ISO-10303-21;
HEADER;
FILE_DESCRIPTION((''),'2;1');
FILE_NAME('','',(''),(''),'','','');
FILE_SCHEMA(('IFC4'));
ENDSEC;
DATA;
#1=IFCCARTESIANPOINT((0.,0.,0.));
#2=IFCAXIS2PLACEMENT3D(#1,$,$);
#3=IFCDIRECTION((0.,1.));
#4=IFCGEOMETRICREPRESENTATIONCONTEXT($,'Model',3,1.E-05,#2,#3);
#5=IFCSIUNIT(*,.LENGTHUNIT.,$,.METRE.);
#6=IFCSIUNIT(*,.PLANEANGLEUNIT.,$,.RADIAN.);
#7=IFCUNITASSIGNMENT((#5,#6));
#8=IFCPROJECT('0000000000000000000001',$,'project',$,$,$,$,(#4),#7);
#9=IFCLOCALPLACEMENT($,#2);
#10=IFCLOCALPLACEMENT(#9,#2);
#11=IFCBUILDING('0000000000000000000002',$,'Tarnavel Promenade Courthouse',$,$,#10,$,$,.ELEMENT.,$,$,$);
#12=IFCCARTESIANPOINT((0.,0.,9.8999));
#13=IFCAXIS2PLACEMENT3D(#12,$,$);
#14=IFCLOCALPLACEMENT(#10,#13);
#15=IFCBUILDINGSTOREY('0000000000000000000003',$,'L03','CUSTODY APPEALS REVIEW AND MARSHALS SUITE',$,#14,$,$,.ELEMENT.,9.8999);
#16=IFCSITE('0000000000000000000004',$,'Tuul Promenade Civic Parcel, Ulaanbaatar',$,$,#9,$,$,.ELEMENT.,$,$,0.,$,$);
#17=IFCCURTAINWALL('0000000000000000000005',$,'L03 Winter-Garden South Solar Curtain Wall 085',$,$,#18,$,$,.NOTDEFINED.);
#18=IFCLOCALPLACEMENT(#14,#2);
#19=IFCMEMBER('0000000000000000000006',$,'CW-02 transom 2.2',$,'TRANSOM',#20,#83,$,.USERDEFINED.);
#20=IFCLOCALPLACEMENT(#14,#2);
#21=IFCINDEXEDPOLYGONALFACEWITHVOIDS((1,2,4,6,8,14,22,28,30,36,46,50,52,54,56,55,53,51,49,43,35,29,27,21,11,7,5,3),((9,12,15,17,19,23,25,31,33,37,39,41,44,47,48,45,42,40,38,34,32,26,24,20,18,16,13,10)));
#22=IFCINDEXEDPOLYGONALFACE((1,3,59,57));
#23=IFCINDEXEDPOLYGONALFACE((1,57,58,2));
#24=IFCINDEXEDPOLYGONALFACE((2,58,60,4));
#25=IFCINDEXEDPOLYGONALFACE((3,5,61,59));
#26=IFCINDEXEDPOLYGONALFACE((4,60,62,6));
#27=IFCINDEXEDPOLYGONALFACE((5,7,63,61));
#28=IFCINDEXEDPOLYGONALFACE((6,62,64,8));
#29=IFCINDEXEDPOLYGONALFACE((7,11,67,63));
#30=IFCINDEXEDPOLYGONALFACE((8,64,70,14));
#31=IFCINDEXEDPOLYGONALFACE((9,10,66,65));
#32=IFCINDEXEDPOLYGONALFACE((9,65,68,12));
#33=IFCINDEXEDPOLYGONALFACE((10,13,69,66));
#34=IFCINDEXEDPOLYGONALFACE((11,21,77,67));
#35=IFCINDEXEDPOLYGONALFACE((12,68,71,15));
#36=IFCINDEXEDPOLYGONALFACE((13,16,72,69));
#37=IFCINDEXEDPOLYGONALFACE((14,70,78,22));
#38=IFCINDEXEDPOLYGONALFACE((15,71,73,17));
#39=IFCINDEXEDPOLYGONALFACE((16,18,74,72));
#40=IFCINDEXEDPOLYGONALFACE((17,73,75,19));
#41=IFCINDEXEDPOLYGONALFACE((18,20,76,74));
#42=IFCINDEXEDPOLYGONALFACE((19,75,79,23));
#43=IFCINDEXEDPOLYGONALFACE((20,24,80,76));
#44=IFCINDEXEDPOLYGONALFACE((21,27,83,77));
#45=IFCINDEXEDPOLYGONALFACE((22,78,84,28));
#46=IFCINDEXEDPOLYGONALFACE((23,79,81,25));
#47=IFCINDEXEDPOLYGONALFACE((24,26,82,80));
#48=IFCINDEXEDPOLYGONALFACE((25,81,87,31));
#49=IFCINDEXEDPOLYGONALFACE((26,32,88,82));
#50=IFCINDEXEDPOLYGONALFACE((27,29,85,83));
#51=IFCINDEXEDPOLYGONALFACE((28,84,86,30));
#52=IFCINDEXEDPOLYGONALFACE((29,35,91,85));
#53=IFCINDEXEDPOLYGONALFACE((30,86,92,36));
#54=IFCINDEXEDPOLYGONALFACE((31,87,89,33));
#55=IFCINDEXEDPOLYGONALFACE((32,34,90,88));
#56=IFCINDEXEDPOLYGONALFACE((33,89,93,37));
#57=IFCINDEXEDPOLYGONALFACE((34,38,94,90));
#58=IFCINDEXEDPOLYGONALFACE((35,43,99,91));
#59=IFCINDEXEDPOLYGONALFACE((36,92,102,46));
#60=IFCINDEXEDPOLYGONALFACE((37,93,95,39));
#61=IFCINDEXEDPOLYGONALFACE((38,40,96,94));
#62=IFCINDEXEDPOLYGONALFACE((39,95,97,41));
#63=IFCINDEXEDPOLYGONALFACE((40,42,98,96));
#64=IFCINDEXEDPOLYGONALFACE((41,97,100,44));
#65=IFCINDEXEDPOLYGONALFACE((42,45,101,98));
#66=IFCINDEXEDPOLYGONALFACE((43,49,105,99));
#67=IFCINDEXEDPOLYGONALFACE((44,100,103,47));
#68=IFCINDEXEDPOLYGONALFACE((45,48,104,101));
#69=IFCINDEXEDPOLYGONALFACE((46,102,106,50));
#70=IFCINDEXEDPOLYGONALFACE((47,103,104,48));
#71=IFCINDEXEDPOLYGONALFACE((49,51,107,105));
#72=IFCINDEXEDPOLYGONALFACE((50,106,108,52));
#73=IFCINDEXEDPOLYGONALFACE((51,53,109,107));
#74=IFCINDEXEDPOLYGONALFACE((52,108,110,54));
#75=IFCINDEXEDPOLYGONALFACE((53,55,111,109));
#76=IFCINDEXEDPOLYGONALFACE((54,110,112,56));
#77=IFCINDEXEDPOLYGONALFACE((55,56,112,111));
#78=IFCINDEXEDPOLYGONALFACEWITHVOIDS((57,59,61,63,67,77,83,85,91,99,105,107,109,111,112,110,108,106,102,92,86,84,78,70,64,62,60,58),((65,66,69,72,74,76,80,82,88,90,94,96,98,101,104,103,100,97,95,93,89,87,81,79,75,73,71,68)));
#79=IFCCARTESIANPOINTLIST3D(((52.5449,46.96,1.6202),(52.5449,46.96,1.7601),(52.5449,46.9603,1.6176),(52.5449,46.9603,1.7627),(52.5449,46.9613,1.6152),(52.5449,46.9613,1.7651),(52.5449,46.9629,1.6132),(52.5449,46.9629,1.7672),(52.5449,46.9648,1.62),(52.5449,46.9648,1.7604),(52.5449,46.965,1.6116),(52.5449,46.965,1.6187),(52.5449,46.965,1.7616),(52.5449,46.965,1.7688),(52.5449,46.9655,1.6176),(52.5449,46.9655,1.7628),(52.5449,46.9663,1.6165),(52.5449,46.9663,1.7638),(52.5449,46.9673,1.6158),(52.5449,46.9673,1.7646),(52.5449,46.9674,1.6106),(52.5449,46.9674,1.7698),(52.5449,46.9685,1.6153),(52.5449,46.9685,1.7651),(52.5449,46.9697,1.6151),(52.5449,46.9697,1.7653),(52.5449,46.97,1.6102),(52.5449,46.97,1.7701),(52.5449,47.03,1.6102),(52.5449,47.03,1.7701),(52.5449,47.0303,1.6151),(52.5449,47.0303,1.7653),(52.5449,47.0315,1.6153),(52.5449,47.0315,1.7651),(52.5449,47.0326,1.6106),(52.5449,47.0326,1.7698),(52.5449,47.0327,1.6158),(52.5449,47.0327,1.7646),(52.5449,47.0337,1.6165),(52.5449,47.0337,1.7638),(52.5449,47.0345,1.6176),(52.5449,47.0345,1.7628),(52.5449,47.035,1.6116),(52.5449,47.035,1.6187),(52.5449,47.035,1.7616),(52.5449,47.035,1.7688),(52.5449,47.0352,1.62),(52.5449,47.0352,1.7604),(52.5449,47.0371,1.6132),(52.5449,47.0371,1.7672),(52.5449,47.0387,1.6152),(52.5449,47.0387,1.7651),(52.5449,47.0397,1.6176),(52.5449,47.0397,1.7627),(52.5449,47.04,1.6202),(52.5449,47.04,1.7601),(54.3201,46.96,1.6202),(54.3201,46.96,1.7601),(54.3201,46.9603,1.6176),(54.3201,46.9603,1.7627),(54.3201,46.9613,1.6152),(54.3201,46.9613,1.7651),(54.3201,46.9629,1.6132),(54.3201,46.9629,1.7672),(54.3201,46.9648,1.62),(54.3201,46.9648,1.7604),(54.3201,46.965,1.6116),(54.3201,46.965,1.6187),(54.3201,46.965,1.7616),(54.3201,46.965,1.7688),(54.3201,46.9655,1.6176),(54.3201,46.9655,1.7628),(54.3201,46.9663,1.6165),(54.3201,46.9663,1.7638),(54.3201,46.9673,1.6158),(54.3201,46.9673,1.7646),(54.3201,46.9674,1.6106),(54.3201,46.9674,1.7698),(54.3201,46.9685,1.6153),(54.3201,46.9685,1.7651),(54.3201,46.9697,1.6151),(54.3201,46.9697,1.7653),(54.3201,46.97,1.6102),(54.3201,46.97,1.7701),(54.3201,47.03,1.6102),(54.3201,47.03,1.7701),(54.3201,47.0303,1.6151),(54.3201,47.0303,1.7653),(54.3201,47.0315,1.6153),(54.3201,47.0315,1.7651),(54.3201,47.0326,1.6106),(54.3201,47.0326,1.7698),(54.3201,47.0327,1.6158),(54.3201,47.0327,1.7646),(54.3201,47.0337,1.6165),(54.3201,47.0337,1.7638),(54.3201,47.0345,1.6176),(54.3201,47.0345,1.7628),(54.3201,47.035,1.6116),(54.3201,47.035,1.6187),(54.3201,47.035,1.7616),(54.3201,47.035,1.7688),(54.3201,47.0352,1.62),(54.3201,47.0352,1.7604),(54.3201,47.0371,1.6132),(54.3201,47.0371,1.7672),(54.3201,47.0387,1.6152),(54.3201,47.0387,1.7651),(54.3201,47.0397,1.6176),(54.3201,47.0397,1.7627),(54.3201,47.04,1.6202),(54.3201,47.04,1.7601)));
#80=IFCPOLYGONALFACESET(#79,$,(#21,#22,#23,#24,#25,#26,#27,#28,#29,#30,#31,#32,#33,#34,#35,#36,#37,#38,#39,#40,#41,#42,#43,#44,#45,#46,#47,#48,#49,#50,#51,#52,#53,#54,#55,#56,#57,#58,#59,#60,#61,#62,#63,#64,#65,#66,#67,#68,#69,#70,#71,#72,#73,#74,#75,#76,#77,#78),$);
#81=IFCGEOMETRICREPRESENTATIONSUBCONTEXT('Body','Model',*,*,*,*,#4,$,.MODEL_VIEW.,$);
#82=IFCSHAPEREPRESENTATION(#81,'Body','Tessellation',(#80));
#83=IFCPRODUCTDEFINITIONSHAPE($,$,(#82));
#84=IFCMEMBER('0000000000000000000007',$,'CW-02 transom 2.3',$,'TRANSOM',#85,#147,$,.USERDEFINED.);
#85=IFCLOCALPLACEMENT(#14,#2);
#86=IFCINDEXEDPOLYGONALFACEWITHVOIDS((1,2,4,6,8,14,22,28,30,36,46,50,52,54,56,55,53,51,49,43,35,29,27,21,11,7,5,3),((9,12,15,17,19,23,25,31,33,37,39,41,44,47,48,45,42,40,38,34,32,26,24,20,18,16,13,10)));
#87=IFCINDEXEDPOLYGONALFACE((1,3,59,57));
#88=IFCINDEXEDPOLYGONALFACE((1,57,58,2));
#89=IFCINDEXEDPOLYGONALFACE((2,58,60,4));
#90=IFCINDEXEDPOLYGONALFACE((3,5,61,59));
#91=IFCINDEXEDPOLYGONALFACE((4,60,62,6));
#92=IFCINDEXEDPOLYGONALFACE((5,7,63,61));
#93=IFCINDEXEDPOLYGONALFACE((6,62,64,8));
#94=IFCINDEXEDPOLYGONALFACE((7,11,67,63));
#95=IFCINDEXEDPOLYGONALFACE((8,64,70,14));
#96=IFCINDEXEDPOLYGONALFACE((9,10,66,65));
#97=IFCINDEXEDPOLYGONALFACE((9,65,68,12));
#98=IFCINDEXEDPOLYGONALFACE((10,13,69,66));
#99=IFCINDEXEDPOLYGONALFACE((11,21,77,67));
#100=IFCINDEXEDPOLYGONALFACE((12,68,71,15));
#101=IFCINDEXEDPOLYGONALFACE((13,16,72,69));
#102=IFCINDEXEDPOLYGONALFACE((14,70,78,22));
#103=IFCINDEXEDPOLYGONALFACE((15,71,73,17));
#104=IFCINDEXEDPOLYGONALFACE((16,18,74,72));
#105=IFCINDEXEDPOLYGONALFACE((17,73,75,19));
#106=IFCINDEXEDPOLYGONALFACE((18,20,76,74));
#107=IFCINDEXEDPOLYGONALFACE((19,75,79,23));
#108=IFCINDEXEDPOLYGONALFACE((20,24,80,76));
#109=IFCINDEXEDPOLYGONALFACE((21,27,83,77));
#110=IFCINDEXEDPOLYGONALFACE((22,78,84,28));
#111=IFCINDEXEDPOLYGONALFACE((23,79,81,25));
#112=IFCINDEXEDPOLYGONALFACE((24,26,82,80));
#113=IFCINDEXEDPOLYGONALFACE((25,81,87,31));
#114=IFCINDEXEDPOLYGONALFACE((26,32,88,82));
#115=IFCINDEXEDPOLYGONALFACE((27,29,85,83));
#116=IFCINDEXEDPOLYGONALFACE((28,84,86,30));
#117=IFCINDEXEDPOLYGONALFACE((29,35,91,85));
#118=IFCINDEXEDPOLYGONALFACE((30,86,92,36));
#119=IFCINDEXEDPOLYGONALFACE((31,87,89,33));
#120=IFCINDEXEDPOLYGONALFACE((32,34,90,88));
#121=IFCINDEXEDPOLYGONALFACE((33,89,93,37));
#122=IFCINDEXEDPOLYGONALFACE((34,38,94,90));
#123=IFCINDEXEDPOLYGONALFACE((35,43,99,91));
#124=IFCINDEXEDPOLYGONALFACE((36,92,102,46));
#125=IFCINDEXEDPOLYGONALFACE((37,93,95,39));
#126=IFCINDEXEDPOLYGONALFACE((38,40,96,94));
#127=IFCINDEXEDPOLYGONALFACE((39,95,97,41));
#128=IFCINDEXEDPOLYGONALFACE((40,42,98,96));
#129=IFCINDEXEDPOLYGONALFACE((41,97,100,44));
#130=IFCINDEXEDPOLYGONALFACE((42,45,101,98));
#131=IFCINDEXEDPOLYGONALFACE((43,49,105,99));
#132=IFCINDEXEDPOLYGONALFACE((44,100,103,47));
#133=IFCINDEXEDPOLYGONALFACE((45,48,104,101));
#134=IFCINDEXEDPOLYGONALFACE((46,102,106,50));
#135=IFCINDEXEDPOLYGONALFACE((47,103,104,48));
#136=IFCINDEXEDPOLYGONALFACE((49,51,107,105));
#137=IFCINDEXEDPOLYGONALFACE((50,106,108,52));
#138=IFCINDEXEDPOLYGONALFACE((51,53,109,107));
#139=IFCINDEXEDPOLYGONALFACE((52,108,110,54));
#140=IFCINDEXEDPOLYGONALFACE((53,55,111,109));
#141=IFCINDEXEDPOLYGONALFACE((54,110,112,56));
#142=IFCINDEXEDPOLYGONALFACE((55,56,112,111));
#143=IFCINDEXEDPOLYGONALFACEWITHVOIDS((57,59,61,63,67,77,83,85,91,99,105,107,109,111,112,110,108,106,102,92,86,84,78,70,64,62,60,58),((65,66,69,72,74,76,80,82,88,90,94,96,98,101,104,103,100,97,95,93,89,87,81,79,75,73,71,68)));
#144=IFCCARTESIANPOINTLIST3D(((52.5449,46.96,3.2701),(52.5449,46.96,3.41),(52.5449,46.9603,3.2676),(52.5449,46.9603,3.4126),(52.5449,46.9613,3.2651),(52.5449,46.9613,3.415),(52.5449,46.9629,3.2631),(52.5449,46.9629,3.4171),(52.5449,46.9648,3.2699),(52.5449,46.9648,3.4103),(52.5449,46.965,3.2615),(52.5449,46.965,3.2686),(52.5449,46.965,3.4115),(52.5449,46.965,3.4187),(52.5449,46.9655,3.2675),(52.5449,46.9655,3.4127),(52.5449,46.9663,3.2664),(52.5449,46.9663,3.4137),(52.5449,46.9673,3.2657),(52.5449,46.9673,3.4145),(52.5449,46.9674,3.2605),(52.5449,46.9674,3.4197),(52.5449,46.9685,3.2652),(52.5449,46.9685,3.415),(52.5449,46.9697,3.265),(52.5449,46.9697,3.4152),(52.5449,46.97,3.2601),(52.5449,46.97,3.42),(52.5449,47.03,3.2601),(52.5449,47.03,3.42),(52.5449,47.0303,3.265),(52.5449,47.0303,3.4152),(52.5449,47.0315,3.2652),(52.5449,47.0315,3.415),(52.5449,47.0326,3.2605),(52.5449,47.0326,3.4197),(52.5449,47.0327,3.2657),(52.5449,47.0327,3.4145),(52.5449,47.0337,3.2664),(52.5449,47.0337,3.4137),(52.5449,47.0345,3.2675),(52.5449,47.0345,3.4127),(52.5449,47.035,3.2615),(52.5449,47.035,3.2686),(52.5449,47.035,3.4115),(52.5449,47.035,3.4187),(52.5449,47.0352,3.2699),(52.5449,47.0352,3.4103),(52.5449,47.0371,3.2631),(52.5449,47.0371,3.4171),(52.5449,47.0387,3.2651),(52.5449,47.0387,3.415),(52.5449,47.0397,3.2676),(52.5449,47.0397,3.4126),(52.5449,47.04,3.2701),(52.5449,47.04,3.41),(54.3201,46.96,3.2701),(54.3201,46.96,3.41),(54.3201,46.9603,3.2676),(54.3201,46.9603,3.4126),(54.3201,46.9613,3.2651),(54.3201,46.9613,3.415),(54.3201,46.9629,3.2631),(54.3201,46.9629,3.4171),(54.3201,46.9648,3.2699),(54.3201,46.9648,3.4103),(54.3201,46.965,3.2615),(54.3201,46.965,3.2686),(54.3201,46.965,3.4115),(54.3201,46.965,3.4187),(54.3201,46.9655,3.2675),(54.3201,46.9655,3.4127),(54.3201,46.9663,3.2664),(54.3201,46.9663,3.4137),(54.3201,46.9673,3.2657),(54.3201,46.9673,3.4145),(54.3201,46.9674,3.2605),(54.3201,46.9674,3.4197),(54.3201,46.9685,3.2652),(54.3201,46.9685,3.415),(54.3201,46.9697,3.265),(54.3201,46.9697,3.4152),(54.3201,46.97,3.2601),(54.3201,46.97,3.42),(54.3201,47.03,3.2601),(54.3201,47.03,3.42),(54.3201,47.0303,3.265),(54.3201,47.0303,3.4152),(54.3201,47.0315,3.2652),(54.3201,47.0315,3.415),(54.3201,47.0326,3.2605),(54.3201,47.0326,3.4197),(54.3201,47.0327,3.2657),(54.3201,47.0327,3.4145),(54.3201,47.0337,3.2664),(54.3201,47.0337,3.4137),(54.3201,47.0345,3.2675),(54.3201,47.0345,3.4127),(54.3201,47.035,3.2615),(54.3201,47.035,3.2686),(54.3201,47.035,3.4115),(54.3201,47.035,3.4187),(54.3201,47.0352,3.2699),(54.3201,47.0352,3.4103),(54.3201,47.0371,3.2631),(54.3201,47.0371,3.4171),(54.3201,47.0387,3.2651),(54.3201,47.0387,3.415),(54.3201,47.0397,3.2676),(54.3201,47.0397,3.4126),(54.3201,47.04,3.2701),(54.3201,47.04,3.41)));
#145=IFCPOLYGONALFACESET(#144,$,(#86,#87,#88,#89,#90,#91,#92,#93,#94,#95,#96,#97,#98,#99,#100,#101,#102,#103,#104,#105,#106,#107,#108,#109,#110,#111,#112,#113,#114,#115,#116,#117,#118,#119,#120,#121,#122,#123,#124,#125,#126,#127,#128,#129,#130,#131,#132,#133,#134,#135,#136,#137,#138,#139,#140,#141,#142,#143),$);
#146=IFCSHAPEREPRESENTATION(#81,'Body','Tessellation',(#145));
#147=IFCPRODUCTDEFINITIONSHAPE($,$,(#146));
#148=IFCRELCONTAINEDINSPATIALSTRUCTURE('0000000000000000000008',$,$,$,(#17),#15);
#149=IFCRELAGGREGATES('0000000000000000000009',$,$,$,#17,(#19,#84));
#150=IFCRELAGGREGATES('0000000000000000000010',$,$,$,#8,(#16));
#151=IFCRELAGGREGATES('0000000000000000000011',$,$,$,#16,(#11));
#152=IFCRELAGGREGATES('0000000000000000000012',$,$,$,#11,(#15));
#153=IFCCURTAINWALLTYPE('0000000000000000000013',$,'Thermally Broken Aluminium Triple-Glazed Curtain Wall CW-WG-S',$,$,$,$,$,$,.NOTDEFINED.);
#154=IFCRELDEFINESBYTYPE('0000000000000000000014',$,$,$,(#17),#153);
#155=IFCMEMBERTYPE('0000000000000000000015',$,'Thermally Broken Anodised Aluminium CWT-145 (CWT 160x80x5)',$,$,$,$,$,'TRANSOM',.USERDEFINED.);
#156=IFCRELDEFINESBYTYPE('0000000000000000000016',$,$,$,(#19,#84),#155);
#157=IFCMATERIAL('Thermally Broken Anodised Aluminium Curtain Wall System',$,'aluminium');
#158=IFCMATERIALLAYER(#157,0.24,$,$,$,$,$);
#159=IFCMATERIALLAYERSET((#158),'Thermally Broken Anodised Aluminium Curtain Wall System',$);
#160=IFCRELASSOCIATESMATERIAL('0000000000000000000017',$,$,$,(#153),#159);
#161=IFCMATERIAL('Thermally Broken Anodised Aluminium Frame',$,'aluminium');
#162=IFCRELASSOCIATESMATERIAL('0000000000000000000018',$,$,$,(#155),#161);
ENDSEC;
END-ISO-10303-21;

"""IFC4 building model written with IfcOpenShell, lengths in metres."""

from ifc_helpers import new_model, si_unit, direction, frame, origin, origin_2d, place, context, subcontext, project, spatial, hollow_rectangle, extrude, material, layer, layer_set, material_profile, profile_set, type_object, element, aggregate, save


model = new_model("IFC4")

# Units and contexts
model_context = context("Model", 3, precision=1e-05, world=origin(), true_north=direction((0.0, 1.0)))
body_context = subcontext(model_context, "Body", "Model", "MODEL_VIEW")
ifc_project = project(units=[si_unit("LENGTHUNIT", "METRE"), si_unit("PLANEANGLEUNIT", "RADIAN")], contexts=[model_context])

# Site, building, storey
site_placement = place(None, origin())
site = spatial("IfcSite", under=ifc_project, at=site_placement, Name="Tuul Promenade Civic Parcel, Ulaanbaatar", CompositionType="ELEMENT", RefElevation=0.0)
building_placement = place(site_placement, origin())
building = spatial("IfcBuilding", under=site, at=building_placement, Name="Tarnavel Promenade Courthouse", CompositionType="ELEMENT")
storey_placement = place(building_placement, frame((0.0, 0.0, 9.8999)))
storey = spatial("IfcBuildingStorey", under=building, at=storey_placement, Name="L03", Description="CUSTODY APPEALS REVIEW AND MARSHALS SUITE", CompositionType="ELEMENT", Elevation=9.8999)

# Shared definitions
ifc_material_1 = material(Name="Thermally Broken Anodised Aluminium Curtain Wall System", Category="aluminium")
ifc_layer_1 = layer(ifc_material_1, 0.24)
ifc_layer_set_1 = layer_set([ifc_layer_1], Name="Thermally Broken Anodised Aluminium Curtain Wall System")
curtain_wall_type = type_object("IfcCurtainWallType", Name="Thermally Broken Aluminium Triple-Glazed Curtain Wall CW-WG-S", PredefinedType="NOTDEFINED", material=ifc_layer_set_1)
ifc_material_2 = material(Name="Thermally Broken Anodised Aluminium Frame", Category="aluminium")

# Curtain wall
curtain_wall_1_placement = place(storey_placement, origin())
curtain_wall_1 = element("IfcCurtainWall", 1, at=curtain_wall_1_placement, inside=storey, type_object=curtain_wall_type, Name="L03 Winter-Garden South Solar Curtain Wall 085", PredefinedType="NOTDEFINED")

# Members
ifc_material_profile_1 = material_profile(ifc_material_2, hollow_rectangle(XDim=0.0801, YDim=0.1599, WallThickness=0.0049, InnerFilletRadius=0.0049, OuterFilletRadius=0.01, at=origin_2d()), Name="CWT 160x80x5")
ifc_profile_set_1 = profile_set([ifc_material_profile_1], Name="Thermally Broken Anodised Aluminium Frame")
member_type_1 = type_object("IfcMemberType", Name="Thermally Broken Anodised Aluminium CWT-145 (CWT 160x80x5)", ElementType="TRANSOM", PredefinedType="USERDEFINED", material=ifc_profile_set_1)
member_1_placement = place(storey_placement, frame((52.5449, 47.0, 1.6902), z_axis=(1.0, 0.0, 0.0), x_axis=(0.0, 1.0, 0.0)))
member_1 = element("IfcMember", 2, at=member_1_placement, type_object=member_type_1, Name="CW-02 transom 2.2", ObjectType="TRANSOM", PredefinedType="USERDEFINED", context=body_context, shape_type="SweptSolid", body=[
    extrude(hollow_rectangle(XDim=0.0801, YDim=0.1599, WallThickness=0.0049, InnerFilletRadius=0.0049, OuterFilletRadius=0.01, at=origin_2d()), origin(), (0.0, 0.0, 1.0), 1.7751),
])
member_2_placement = place(storey_placement, frame((52.5449, 47.0, 3.3401), z_axis=(1.0, 0.0, 0.0), x_axis=(0.0, 1.0, 0.0)))
member_2 = element("IfcMember", 3, at=member_2_placement, type_object=member_type_1, Name="CW-02 transom 2.3", ObjectType="TRANSOM", PredefinedType="USERDEFINED", context=body_context, shape_type="SweptSolid", body=[
    extrude(hollow_rectangle(XDim=0.0801, YDim=0.1599, WallThickness=0.0049, InnerFilletRadius=0.0049, OuterFilletRadius=0.01, at=origin_2d()), origin(), (0.0, 0.0, 1.0), 1.7751),
])

aggregate(curtain_wall_1, [member_1, member_2])

save(model, "model.ifc")
